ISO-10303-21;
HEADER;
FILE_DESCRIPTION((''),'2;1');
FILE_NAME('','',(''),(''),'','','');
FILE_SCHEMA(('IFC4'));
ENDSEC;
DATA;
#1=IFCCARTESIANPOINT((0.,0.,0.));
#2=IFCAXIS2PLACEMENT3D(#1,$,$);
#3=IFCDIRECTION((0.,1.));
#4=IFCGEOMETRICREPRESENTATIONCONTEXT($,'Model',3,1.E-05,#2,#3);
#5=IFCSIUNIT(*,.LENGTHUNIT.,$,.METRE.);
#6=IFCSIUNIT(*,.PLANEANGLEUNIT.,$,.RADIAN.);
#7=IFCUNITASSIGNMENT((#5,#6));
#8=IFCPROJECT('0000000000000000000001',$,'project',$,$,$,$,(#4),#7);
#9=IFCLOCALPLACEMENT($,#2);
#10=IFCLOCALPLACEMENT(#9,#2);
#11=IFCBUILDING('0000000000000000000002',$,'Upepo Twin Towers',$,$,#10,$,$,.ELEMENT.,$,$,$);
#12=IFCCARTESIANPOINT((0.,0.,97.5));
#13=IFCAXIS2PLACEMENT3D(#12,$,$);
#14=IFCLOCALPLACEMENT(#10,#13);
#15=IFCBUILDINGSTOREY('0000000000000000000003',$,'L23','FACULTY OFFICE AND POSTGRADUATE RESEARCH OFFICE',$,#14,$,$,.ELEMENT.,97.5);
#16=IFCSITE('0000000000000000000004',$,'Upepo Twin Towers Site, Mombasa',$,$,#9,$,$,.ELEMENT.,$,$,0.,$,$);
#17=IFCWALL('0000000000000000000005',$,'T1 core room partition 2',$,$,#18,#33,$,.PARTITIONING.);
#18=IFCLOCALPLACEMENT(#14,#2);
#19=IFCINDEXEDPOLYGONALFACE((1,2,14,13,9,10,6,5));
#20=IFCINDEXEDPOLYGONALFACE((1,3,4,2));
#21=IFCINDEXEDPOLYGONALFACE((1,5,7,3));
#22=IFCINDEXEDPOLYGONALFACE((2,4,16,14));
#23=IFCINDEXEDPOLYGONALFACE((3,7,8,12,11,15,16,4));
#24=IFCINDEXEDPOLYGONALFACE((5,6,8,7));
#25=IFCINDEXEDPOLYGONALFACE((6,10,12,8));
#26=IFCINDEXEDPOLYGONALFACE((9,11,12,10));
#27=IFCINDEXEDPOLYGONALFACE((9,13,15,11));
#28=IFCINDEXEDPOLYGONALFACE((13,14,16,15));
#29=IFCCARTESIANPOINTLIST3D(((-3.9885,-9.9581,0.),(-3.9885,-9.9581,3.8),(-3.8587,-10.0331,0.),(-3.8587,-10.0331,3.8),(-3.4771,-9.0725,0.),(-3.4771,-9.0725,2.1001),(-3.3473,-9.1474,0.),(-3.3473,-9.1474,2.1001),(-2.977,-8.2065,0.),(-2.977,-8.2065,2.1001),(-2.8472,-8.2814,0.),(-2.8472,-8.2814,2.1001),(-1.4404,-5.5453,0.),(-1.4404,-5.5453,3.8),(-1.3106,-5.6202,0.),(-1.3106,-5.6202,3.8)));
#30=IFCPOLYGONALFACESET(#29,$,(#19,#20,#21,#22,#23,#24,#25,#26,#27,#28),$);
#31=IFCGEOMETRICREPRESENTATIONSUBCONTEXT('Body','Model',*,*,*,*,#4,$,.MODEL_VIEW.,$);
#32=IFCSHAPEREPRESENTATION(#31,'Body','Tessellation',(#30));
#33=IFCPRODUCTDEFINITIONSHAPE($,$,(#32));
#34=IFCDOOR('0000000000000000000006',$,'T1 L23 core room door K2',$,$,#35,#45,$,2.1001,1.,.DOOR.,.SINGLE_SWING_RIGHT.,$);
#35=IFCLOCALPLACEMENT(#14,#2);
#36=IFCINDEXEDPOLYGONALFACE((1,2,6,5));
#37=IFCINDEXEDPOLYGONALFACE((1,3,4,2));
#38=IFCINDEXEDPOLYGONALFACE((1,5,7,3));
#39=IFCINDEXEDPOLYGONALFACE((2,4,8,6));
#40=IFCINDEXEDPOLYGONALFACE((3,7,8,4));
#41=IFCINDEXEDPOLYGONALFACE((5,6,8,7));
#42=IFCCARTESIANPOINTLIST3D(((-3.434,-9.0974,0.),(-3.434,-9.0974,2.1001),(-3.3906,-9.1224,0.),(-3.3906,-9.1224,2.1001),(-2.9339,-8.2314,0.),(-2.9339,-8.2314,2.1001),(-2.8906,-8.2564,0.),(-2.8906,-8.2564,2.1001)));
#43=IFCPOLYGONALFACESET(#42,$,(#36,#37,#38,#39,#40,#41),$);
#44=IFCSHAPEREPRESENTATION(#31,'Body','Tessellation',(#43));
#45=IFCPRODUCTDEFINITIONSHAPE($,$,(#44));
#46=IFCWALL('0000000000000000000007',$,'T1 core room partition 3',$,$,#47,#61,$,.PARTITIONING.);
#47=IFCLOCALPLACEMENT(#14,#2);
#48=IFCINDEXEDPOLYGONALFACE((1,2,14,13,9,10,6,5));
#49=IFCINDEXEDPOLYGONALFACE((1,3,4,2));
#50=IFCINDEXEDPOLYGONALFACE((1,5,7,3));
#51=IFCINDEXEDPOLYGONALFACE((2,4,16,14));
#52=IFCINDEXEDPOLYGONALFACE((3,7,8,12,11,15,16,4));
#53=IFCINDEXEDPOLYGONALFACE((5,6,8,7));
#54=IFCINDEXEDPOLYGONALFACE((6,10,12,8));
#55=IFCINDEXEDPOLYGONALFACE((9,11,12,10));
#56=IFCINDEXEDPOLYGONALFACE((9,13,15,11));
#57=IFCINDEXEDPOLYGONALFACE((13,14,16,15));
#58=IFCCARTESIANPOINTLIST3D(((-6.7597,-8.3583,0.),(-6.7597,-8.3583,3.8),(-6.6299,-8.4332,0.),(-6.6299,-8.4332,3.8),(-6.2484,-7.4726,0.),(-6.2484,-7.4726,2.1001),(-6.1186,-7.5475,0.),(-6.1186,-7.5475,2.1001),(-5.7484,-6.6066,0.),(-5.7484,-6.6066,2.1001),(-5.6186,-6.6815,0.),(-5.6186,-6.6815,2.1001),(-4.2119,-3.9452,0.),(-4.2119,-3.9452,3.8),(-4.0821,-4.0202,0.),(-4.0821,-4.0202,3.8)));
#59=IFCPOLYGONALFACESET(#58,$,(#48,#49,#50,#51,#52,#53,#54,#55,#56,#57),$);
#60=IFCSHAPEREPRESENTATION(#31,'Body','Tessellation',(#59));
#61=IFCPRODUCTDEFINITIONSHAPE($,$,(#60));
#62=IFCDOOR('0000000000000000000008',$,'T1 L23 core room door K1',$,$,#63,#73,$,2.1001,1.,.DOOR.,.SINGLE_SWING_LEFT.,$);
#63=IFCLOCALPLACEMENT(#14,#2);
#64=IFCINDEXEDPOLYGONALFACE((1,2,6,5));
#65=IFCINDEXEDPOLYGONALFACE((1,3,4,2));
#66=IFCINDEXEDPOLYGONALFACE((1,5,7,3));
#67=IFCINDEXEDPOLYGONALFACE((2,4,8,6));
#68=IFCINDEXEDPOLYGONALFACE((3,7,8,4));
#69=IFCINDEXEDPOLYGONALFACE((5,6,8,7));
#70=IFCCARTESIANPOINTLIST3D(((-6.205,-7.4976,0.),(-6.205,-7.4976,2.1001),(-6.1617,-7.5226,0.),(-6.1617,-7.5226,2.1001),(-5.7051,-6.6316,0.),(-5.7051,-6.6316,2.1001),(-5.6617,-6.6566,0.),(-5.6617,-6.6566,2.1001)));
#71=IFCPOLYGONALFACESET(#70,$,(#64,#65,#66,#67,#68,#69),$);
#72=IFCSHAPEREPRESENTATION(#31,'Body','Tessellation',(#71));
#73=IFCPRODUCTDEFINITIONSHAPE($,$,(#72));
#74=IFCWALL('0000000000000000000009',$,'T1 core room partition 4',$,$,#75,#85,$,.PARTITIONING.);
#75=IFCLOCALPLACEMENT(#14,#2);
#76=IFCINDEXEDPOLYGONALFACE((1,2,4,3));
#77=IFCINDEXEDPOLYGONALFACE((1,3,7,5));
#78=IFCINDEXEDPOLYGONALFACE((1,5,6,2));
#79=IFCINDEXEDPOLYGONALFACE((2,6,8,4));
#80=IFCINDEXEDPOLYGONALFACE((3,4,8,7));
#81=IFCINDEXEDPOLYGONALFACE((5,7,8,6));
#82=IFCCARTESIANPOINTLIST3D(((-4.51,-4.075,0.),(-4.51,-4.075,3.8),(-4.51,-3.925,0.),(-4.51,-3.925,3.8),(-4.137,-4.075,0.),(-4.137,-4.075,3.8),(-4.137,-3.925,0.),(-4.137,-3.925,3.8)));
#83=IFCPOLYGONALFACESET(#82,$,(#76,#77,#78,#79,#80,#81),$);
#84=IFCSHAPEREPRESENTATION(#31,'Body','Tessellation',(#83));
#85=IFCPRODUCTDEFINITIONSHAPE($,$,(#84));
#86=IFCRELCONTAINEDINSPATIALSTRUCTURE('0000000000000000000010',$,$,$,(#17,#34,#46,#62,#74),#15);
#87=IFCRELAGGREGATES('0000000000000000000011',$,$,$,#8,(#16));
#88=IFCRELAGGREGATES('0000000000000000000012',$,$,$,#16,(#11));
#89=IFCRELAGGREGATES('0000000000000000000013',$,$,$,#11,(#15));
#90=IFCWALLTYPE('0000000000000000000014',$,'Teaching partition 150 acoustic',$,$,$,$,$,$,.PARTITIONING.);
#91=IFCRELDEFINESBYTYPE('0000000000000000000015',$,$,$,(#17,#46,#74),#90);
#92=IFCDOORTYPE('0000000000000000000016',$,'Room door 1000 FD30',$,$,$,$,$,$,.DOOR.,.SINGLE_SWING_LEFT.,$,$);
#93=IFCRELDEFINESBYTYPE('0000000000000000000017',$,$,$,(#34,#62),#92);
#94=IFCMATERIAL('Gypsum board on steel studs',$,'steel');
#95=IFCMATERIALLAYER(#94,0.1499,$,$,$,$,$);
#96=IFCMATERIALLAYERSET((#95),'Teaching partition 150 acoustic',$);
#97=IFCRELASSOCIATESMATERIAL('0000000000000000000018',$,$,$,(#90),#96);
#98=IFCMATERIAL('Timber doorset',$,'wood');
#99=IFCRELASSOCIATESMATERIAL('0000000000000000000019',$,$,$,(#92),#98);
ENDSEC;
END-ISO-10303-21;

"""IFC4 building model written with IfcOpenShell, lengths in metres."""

from ifc_helpers import new_model, si_unit, direction, frame, frame_2d, origin, place, context, subcontext, project, spatial, rectangle, extrude, material, layer, layer_set, type_object, element, fill, save


model = new_model("IFC4")

# Units and contexts
model_context = context("Model", 3, precision=1e-05, world=origin(), true_north=direction((0.0, 1.0)))
body_context = subcontext(model_context, "Body", "Model", "MODEL_VIEW")
ifc_project = project(units=[si_unit("LENGTHUNIT", "METRE"), si_unit("PLANEANGLEUNIT", "RADIAN")], contexts=[model_context])

# Site, building, storey
site_placement = place(None, origin())
site = spatial("IfcSite", under=ifc_project, at=site_placement, Name="Upepo Twin Towers Site, Mombasa", CompositionType="ELEMENT", RefElevation=0.0)
building_placement = place(site_placement, origin())
building = spatial("IfcBuilding", under=site, at=building_placement, Name="Upepo Twin Towers", CompositionType="ELEMENT")
storey_placement = place(building_placement, frame((0.0, 0.0, 97.5)))
storey = spatial("IfcBuildingStorey", under=building, at=storey_placement, Name="L23", Description="FACULTY OFFICE AND POSTGRADUATE RESEARCH OFFICE", CompositionType="ELEMENT", Elevation=97.5)

# Shared definitions
ifc_material_1 = material(Name="Gypsum board on steel studs", Category="steel")
ifc_layer_1 = layer(ifc_material_1, 0.1499)
ifc_layer_set_1 = layer_set([ifc_layer_1], Name="Teaching partition 150 acoustic")
wall_type_1 = type_object("IfcWallType", Name="Teaching partition 150 acoustic", PredefinedType="PARTITIONING", material=ifc_layer_set_1)

# Walls, openings, doors
wall_1_placement = place(storey_placement, frame((-1.3755, -5.5828, 0.0), z_axis=(0.0, 0.0, 1.0), x_axis=(-0.50005, -0.865996, 0.0)))
wall_1 = element("IfcWall", 1, at=wall_1_placement, inside=storey, type_object=wall_type_1, Name="T1 core room partition 2", PredefinedType="PARTITIONING", context=body_context, shape_type="SweptSolid", body=[
    extrude(rectangle(XDim=5.0957, YDim=0.1499, at=frame_2d((2.5479, 0.0))), origin(), (0.0, 0.0, 1.0), 3.8),
])
opening_1_placement = place(wall_1_placement, frame((3.073, 0.0, 0.0)))
opening_1 = element("IfcOpeningElement", 2, at=opening_1_placement, cuts=wall_1, PredefinedType="OPENING", context=body_context, shape_type="SweptSolid", body=[
    extrude(rectangle(XDim=1.0, YDim=2.1001, at=frame_2d((0.5, 1.05))), frame((0.0, 0.085, 0.0), z_axis=(0.0, -1.0, 0.0), x_axis=(1.0, 0.0, 0.0)), (0.0, 0.0, 1.0), 0.1699),
])
ifc_material_2 = material(Name="Timber doorset", Category="wood")
door_type_1 = type_object("IfcDoorType", Name="Room door 1000 FD30", OperationType="SINGLE_SWING_LEFT", PredefinedType="DOOR", material=ifc_material_2)
door_1_placement = place(opening_1_placement, origin())
door_1 = element("IfcDoor", 3, at=door_1_placement, inside=storey, type_object=door_type_1, Name="T1 L23 core room door K2", OperationType="SINGLE_SWING_RIGHT", OverallHeight=2.1001, OverallWidth=1.0, PredefinedType="DOOR", context=body_context, shape_type="SweptSolid", body=[
    extrude(rectangle(XDim=1.0, YDim=2.1001, at=frame_2d((0.5, 1.05))), frame((0.0, 0.0249, 0.0), z_axis=(0.0, -1.0, 0.0), x_axis=(1.0, 0.0, 0.0)), (0.0, 0.0, 1.0), 0.05),
])
fill(opening_1, door_1)
wall_2_placement = place(storey_placement, frame((-6.6948, -8.3958, 0.0), z_axis=(0.0, 0.0, 1.0), x_axis=(0.499993, 0.866029, 0.0)))
wall_2 = element("IfcWall", 4, at=wall_2_placement, inside=storey, type_object=wall_type_1, Name="T1 core room partition 3", PredefinedType="PARTITIONING", context=body_context, shape_type="SweptSolid", body=[
    extrude(rectangle(XDim=5.0957, YDim=0.1499, at=frame_2d((2.5479, 0.0))), origin(), (0.0, 0.0, 1.0), 3.8),
])
opening_2_placement = place(wall_2_placement, frame((1.0227, 0.0, 0.0)))
opening_2 = element("IfcOpeningElement", 5, at=opening_2_placement, cuts=wall_2, PredefinedType="OPENING", context=body_context, shape_type="SweptSolid", body=[
    extrude(rectangle(XDim=1.0, YDim=2.1001, at=frame_2d((0.5, 1.05))), frame((0.0, 0.085, 0.0), z_axis=(0.0, -1.0, 0.0), x_axis=(1.0, 0.0, 0.0)), (0.0, 0.0, 1.0), 0.1699),
])
door_2_placement = place(opening_2_placement, origin())
door_2 = element("IfcDoor", 6, at=door_2_placement, inside=storey, type_object=door_type_1, Name="T1 L23 core room door K1", OperationType="SINGLE_SWING_LEFT", OverallHeight=2.1001, OverallWidth=1.0, PredefinedType="DOOR", context=body_context, shape_type="SweptSolid", body=[
    extrude(rectangle(XDim=1.0, YDim=2.1001, at=frame_2d((0.5, 1.05))), frame((0.0, 0.0249, 0.0), z_axis=(0.0, -1.0, 0.0), x_axis=(1.0, 0.0, 0.0)), (0.0, 0.0, 1.0), 0.05),
])
fill(opening_2, door_2)

# Wall
wall_3_placement = place(storey_placement, frame((-4.137, -4.0, 0.0), z_axis=(0.0, 0.0, 1.0), x_axis=(-1.0, 0.0, 0.0)))
element("IfcWall", 7, at=wall_3_placement, inside=storey, type_object=wall_type_1, Name="T1 core room partition 4", PredefinedType="PARTITIONING", context=body_context, shape_type="SweptSolid", body=[
    extrude(rectangle(XDim=0.373, YDim=0.1499, at=frame_2d((0.1865, 0.0))), origin(), (0.0, 0.0, 1.0), 3.8),
])

save(model, "model.ifc")
